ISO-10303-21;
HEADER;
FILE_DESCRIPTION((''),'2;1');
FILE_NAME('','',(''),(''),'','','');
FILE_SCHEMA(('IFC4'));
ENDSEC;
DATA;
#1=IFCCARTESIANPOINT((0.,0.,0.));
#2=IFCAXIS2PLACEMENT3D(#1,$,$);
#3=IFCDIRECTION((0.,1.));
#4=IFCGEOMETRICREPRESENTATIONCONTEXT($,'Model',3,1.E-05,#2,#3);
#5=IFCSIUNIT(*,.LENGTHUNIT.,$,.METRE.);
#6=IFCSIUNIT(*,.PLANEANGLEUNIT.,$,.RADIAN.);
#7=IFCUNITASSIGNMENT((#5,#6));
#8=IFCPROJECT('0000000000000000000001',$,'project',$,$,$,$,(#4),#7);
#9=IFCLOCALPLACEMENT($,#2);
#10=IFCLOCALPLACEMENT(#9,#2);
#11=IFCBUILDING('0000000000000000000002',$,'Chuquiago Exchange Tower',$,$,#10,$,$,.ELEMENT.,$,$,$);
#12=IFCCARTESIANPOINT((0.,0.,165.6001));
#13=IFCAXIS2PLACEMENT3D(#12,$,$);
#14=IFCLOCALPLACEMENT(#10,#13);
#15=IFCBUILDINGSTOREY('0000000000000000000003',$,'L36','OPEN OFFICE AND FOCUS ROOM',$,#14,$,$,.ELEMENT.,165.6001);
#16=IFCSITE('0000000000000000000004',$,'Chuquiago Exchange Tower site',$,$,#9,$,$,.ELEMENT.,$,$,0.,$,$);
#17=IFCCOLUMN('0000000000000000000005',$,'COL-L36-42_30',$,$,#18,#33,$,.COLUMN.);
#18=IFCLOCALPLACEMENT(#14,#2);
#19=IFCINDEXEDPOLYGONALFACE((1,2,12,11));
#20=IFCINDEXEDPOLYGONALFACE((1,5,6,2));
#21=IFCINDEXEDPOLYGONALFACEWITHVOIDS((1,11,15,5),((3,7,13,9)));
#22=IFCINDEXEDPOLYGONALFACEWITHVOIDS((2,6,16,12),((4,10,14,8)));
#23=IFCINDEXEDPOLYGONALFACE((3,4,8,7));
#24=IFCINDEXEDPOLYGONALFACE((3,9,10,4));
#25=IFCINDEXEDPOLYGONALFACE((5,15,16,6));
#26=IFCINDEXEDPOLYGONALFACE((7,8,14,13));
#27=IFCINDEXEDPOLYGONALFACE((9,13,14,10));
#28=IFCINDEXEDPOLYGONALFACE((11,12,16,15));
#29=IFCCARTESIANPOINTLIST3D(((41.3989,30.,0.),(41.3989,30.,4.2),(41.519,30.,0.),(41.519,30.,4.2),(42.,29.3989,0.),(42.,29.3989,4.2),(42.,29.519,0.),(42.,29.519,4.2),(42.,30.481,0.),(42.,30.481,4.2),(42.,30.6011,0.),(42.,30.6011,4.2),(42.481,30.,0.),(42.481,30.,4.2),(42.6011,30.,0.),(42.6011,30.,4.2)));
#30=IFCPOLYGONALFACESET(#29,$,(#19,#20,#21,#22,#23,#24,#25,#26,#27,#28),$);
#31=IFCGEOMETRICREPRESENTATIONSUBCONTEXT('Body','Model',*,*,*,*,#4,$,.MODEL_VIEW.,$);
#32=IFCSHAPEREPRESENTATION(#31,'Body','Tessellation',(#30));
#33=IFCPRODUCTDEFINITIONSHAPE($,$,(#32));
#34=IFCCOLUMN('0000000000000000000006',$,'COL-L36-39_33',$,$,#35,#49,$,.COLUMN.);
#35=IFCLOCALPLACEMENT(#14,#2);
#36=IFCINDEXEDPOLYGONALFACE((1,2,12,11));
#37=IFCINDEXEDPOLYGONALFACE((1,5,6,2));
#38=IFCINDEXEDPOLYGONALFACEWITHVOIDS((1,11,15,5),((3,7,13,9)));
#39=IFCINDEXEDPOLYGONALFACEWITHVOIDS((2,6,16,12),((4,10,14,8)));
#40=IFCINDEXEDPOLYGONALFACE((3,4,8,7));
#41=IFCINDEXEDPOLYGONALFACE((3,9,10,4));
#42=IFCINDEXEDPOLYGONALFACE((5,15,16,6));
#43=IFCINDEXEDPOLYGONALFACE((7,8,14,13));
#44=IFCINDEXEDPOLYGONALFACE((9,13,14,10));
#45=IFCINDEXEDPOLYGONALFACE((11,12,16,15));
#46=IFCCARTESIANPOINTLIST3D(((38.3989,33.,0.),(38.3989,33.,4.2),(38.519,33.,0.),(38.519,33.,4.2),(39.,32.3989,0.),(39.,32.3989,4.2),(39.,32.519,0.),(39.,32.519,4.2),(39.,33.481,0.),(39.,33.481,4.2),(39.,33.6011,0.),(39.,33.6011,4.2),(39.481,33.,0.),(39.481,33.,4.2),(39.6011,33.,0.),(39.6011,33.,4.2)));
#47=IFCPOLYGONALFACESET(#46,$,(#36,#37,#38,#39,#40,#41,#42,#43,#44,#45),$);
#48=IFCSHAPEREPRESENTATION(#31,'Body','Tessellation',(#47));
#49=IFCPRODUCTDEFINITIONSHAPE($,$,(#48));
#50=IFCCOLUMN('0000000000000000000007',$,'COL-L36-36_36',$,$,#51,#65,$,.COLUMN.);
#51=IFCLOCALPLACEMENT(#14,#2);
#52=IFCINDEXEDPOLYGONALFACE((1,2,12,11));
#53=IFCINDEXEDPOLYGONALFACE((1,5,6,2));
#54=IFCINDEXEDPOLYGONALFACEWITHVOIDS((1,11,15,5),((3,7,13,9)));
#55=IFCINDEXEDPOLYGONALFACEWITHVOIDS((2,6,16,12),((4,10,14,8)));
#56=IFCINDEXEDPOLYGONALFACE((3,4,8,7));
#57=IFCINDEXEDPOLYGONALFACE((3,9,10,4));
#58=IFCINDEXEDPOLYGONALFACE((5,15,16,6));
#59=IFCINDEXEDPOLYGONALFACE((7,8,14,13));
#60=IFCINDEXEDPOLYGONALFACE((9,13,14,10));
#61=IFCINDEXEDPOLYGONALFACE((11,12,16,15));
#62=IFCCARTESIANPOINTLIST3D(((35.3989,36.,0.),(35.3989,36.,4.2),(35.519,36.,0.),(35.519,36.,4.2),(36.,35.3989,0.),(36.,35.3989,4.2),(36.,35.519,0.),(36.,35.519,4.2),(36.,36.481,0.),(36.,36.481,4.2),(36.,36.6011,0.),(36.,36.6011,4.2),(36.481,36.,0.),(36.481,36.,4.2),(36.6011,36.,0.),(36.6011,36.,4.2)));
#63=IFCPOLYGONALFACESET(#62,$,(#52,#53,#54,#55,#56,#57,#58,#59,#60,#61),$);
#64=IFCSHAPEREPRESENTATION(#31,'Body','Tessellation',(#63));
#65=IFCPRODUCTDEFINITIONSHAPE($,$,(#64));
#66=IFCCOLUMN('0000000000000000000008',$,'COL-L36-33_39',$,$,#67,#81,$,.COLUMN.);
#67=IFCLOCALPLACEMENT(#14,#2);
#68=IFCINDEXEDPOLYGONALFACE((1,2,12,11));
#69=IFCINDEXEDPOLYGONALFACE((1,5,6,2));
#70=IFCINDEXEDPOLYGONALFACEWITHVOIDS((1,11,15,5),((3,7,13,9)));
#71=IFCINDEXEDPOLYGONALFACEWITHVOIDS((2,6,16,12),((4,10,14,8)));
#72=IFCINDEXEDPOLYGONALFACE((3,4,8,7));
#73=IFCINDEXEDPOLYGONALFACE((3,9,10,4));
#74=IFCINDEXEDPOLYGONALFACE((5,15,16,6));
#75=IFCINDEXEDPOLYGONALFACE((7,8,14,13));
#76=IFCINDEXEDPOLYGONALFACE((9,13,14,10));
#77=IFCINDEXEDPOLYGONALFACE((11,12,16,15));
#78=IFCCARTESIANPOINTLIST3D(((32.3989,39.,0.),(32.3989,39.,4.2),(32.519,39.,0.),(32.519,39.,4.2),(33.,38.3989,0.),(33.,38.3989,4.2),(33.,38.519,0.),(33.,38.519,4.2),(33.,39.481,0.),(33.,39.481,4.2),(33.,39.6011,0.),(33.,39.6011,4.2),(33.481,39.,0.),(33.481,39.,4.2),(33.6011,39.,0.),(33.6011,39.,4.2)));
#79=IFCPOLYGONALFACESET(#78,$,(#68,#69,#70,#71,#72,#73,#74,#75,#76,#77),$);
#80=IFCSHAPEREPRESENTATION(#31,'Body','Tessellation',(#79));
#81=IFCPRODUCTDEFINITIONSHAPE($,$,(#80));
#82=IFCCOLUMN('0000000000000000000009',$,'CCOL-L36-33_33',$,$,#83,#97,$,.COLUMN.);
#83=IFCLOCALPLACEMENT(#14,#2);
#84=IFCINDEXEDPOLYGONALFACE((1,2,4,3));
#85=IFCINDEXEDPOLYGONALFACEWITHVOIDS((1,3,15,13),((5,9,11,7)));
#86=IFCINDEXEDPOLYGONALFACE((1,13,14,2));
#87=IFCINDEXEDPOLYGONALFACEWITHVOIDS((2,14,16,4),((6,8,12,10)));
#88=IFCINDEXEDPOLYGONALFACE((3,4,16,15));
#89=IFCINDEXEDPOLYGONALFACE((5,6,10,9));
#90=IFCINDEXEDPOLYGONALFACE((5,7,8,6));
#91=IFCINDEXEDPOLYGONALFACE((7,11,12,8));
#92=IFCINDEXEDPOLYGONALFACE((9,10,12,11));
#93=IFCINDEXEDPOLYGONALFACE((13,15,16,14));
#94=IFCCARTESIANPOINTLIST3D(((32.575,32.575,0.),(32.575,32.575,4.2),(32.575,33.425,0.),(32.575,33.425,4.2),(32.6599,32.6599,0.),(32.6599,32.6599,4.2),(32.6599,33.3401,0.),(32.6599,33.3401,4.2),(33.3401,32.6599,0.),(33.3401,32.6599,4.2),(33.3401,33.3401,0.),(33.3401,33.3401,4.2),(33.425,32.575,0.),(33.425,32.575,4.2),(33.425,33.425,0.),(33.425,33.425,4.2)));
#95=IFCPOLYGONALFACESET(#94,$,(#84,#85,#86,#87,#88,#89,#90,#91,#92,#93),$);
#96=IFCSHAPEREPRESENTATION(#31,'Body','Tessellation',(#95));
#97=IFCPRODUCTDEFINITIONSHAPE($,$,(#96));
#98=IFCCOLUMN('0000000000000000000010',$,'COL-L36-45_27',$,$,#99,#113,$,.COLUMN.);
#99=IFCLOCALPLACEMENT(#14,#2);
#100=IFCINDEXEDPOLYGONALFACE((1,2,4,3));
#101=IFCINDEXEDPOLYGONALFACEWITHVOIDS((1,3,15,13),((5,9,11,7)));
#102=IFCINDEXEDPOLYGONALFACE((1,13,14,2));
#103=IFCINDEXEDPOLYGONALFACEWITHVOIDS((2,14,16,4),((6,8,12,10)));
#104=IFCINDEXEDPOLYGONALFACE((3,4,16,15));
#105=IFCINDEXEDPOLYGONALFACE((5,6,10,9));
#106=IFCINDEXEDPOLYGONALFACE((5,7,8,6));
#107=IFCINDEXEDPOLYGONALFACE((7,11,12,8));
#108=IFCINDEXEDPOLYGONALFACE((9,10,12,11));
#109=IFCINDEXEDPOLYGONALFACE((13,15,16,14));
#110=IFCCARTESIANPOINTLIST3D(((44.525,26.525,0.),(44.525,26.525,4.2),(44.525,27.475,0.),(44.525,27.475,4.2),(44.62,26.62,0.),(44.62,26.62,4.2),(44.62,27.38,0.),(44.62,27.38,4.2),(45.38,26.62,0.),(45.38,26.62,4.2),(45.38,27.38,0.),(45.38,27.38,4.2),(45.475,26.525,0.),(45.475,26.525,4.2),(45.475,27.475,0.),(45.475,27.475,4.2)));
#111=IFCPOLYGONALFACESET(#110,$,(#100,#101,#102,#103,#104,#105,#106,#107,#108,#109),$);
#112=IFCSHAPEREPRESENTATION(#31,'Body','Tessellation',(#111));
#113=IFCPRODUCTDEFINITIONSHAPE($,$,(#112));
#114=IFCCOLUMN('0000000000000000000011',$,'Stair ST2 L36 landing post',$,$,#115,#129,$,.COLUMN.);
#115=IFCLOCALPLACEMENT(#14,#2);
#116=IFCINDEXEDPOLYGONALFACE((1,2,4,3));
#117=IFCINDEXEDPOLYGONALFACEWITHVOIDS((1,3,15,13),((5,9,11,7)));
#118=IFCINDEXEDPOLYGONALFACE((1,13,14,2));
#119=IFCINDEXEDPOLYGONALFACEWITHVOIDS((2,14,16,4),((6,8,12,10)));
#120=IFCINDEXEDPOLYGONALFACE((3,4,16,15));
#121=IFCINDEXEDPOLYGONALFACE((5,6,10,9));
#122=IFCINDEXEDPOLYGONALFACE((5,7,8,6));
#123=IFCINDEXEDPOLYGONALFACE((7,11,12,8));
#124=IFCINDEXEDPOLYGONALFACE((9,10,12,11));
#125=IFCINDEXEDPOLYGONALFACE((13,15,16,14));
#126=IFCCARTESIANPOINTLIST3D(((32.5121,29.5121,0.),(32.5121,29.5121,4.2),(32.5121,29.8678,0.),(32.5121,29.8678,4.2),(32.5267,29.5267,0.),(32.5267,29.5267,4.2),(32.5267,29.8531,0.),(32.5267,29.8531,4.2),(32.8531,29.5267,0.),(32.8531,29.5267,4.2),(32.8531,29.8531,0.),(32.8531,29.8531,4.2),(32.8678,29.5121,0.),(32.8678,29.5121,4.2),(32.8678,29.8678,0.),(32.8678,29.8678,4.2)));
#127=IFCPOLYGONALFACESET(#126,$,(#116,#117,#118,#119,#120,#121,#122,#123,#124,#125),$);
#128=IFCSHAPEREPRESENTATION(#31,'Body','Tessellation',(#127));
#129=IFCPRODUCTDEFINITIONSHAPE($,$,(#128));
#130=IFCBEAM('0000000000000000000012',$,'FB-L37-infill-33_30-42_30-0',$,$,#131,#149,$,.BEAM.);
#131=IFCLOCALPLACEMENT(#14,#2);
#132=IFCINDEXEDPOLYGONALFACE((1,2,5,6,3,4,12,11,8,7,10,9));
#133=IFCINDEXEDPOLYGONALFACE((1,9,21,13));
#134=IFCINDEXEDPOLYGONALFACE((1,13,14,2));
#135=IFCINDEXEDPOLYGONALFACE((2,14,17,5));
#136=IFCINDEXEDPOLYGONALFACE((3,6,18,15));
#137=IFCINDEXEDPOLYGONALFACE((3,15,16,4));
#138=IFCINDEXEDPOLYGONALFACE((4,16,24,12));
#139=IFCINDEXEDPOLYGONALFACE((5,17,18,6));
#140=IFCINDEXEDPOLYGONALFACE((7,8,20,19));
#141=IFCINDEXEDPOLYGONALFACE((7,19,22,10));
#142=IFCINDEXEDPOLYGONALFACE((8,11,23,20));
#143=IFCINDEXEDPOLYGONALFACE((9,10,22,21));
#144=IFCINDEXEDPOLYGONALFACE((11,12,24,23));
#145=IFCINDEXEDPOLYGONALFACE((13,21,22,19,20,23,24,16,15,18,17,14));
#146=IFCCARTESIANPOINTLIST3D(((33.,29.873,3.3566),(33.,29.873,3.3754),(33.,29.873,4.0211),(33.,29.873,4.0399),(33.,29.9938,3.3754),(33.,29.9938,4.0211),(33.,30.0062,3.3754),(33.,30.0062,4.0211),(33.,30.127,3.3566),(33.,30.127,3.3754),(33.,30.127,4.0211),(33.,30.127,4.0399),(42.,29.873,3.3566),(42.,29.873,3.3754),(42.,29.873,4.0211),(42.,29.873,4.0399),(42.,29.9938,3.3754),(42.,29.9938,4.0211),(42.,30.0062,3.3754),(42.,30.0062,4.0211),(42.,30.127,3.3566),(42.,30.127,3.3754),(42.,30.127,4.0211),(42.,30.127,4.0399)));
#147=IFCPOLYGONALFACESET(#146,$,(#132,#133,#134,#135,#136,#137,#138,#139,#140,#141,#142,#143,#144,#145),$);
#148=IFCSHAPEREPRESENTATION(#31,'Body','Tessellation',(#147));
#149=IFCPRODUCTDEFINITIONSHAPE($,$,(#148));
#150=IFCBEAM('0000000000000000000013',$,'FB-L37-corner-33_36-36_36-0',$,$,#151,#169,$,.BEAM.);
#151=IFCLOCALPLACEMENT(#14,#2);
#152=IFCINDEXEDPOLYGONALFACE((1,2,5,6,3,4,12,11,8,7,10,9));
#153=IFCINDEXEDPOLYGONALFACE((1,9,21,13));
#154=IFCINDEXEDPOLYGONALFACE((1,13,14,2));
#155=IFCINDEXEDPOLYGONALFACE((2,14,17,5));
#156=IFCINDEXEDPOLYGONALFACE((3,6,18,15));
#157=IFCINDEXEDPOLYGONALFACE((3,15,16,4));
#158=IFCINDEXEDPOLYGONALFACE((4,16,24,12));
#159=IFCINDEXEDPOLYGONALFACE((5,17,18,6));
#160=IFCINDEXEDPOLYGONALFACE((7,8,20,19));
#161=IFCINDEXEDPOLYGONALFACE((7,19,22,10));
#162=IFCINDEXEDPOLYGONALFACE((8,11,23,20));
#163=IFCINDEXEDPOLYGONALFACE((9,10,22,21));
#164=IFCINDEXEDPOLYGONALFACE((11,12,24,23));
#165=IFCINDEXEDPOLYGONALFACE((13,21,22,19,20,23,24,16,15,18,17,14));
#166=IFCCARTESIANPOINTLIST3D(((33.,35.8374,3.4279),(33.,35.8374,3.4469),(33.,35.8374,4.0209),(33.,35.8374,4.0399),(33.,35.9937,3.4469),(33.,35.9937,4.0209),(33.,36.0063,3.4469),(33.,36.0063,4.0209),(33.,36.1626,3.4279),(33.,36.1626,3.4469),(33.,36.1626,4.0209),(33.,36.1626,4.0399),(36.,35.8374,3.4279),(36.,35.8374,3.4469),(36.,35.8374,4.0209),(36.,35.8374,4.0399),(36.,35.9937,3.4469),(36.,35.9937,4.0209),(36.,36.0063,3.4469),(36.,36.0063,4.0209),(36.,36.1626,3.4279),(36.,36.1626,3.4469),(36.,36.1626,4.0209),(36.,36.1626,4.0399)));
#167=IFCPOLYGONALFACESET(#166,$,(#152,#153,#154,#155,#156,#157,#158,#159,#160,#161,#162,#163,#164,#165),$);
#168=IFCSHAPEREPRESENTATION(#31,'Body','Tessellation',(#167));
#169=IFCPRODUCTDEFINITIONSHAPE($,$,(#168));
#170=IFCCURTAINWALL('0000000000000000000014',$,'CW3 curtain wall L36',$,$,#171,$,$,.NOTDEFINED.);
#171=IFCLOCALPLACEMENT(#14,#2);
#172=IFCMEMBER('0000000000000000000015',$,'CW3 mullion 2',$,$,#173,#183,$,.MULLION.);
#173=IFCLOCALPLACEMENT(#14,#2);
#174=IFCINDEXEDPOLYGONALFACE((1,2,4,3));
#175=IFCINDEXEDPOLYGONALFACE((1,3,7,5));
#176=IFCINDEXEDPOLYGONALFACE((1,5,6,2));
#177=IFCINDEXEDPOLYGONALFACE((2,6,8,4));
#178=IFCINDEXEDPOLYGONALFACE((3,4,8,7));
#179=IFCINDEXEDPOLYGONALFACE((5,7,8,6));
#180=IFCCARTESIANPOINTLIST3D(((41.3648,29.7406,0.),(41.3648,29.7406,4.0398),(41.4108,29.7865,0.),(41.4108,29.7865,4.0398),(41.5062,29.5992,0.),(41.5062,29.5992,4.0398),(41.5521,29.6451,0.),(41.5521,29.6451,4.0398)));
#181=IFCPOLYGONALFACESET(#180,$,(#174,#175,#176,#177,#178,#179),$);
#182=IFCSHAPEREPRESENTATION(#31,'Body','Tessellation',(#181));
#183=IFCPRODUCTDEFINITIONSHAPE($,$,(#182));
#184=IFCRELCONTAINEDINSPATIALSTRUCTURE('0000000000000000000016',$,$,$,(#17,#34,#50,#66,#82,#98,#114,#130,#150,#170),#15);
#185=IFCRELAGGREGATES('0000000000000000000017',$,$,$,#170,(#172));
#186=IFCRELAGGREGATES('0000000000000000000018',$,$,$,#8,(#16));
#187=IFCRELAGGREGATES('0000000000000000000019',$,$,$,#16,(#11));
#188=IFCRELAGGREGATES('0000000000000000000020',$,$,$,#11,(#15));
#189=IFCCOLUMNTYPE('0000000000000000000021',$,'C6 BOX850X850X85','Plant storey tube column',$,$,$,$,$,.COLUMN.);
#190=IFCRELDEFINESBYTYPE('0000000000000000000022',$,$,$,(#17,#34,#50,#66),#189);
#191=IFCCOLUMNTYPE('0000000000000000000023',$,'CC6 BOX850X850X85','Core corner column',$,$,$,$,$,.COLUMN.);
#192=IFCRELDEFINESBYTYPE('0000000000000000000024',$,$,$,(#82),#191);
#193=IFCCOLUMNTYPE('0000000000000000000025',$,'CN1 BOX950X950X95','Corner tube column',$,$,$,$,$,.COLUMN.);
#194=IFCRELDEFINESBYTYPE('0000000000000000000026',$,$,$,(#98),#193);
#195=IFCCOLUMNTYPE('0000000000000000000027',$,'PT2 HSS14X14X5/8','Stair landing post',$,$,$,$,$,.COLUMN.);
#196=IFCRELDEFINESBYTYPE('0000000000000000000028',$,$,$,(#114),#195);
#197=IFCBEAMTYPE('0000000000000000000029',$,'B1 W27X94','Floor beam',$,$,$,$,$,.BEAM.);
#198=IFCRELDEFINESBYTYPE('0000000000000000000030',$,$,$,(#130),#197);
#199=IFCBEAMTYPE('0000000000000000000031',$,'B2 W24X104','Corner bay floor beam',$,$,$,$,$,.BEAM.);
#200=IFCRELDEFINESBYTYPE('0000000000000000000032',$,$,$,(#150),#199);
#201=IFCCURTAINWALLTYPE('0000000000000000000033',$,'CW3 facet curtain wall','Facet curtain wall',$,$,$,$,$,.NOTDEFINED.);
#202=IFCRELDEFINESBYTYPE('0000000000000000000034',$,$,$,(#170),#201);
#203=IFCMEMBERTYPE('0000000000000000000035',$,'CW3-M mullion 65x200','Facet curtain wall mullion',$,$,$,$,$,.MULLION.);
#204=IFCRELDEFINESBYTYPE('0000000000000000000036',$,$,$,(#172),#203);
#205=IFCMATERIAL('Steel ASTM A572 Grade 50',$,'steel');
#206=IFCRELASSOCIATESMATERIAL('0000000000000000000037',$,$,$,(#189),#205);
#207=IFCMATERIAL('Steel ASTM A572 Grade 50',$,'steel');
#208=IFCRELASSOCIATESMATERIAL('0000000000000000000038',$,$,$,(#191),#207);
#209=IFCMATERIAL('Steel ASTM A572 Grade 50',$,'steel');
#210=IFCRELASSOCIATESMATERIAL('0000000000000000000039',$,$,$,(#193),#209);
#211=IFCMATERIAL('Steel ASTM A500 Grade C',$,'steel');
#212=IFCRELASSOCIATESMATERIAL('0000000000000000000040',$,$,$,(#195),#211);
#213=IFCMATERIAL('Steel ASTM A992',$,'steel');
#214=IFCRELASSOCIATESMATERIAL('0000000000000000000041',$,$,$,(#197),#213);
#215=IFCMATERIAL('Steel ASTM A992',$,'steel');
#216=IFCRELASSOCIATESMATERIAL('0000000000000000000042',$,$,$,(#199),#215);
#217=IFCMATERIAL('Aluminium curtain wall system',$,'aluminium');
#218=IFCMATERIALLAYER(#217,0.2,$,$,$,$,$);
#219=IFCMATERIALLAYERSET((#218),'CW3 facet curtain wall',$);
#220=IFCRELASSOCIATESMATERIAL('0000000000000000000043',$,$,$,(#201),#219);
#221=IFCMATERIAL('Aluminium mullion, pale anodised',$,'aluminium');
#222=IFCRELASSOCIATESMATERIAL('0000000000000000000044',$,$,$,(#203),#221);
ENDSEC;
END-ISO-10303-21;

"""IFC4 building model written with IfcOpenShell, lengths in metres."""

from ifc_helpers import new_model, si_unit, direction, frame, origin, origin_2d, place, context, subcontext, project, spatial, rectangle, hollow_rectangle, i_section, extrude, material, layer, layer_set, material_profile, profile_set, type_object, element, aggregate, save


model = new_model("IFC4")

# Units and contexts
model_context = context("Model", 3, precision=1e-05, world=origin(), true_north=direction((0.0, 1.0)))
body_context = subcontext(model_context, "Body", "Model", "MODEL_VIEW")
ifc_project = project(units=[si_unit("LENGTHUNIT", "METRE"), si_unit("PLANEANGLEUNIT", "RADIAN")], contexts=[model_context])

# Site, building, storey
site_placement = place(None, origin())
site = spatial("IfcSite", under=ifc_project, at=site_placement, Name="Chuquiago Exchange Tower site", CompositionType="ELEMENT", RefElevation=0.0)
building_placement = place(site_placement, origin())
building = spatial("IfcBuilding", under=site, at=building_placement, Name="Chuquiago Exchange Tower", CompositionType="ELEMENT")
storey_placement = place(building_placement, frame((0.0, 0.0, 165.6001)))
storey = spatial("IfcBuildingStorey", under=building, at=storey_placement, Name="L36", Description="OPEN OFFICE AND FOCUS ROOM", CompositionType="ELEMENT", Elevation=165.6001)

# Columns
ifc_material_1 = material(Name="Steel ASTM A572 Grade 50", Category="steel")
ifc_material_profile_1 = material_profile(ifc_material_1, hollow_rectangle(XDim=0.8501, YDim=0.8501, WallThickness=0.085, at=origin_2d()), Name="BOX850X850X85")
ifc_profile_set_1 = profile_set([ifc_material_profile_1], Name="Steel ASTM A572 Grade 50")
column_type_1 = type_object("IfcColumnType", Name="C6 BOX850X850X85", Description="Plant storey tube column", PredefinedType="COLUMN", material=ifc_profile_set_1)
for number, where, z_axis, x_axis, name in (
    (1, (42.0, 30.0, 0.0), (0.0, 0.0, 1.0), (0.707107, 0.707107, 0.0), "COL-L36-42_30"),
    (2, (39.0, 33.0, 0.0), (0.0, 0.0, 1.0), (0.707107, 0.707107, 0.0), "COL-L36-39_33"),
    (3, (36.0, 36.0, 0.0), (0.0, 0.0, 1.0), (0.707107, 0.707107, 0.0), "COL-L36-36_36"),
    (4, (33.0, 39.0, 0.0), (0.0, 0.0, 1.0), (0.707107, 0.707107, 0.0), "COL-L36-33_39"),
):
    element("IfcColumn", number, at=place(storey_placement, frame(where, z_axis=z_axis, x_axis=x_axis)), inside=storey, type_object=column_type_1, Name=name, PredefinedType="COLUMN", context=body_context, shape_type="SweptSolid", body=[
        extrude(hollow_rectangle(XDim=0.8501, YDim=0.8501, WallThickness=0.085, at=origin_2d()), origin(), (0.0, 0.0, 1.0), 4.2),
    ])
ifc_material_2 = material(Name="Steel ASTM A572 Grade 50", Category="steel")
ifc_material_profile_2 = material_profile(ifc_material_2, hollow_rectangle(XDim=0.8501, YDim=0.8501, WallThickness=0.085, at=origin_2d()), Name="BOX850X850X85")
ifc_profile_set_2 = profile_set([ifc_material_profile_2], Name="Steel ASTM A572 Grade 50")
column_type_2 = type_object("IfcColumnType", Name="CC6 BOX850X850X85", Description="Core corner column", PredefinedType="COLUMN", material=ifc_profile_set_2)
column_1_placement = place(storey_placement, frame((33.0, 33.0, 0.0), z_axis=(0.0, 0.0, 1.0), x_axis=(1.0, 0.0, 0.0)))
element("IfcColumn", 5, at=column_1_placement, inside=storey, type_object=column_type_2, Name="CCOL-L36-33_33", PredefinedType="COLUMN", context=body_context, shape_type="SweptSolid", body=[
    extrude(hollow_rectangle(XDim=0.8501, YDim=0.8501, WallThickness=0.085, at=origin_2d()), origin(), (0.0, 0.0, 1.0), 4.2),
])
ifc_material_3 = material(Name="Steel ASTM A572 Grade 50", Category="steel")
ifc_material_profile_3 = material_profile(ifc_material_3, hollow_rectangle(XDim=0.95, YDim=0.95, WallThickness=0.095, at=origin_2d()), Name="BOX950X950X95")
ifc_profile_set_3 = profile_set([ifc_material_profile_3], Name="Steel ASTM A572 Grade 50")
column_type_3 = type_object("IfcColumnType", Name="CN1 BOX950X950X95", Description="Corner tube column", PredefinedType="COLUMN", material=ifc_profile_set_3)
column_2_placement = place(storey_placement, frame((45.0, 27.0, 0.0), z_axis=(0.0, 0.0, 1.0), x_axis=(1.0, 0.0, 0.0)))
element("IfcColumn", 6, at=column_2_placement, inside=storey, type_object=column_type_3, Name="COL-L36-45_27", PredefinedType="COLUMN", context=body_context, shape_type="SweptSolid", body=[
    extrude(hollow_rectangle(XDim=0.95, YDim=0.95, WallThickness=0.095, at=origin_2d()), origin(), (0.0, 0.0, 1.0), 4.2),
])
ifc_material_4 = material(Name="Steel ASTM A500 Grade C", Category="steel")
ifc_material_profile_4 = material_profile(ifc_material_4, hollow_rectangle(XDim=0.3557, YDim=0.3557, WallThickness=0.0146, at=origin_2d()), Name="HSS14X14X5/8")
ifc_profile_set_4 = profile_set([ifc_material_profile_4], Name="Steel ASTM A500 Grade C")
column_type_4 = type_object("IfcColumnType", Name="PT2 HSS14X14X5/8", Description="Stair landing post", PredefinedType="COLUMN", material=ifc_profile_set_4)
column_3_placement = place(storey_placement, frame((32.6899, 29.6899, 0.0), z_axis=(0.0, 0.0, 1.0), x_axis=(1.0, 0.0, 0.0)))
element("IfcColumn", 7, at=column_3_placement, inside=storey, type_object=column_type_4, Name="Stair ST2 L36 landing post", PredefinedType="COLUMN", context=body_context, shape_type="SweptSolid", body=[
    extrude(hollow_rectangle(XDim=0.3557, YDim=0.3557, WallThickness=0.0146, at=origin_2d()), origin(), (0.0, 0.0, 1.0), 4.2),
])

# Beams
ifc_material_5 = material(Name="Steel ASTM A992", Category="steel")
ifc_material_profile_5 = material_profile(ifc_material_5, i_section(OverallWidth=0.2539, OverallDepth=0.6833, WebThickness=0.0125, FlangeThickness=0.0188, at=origin_2d()), Name="W27X94")
ifc_profile_set_5 = profile_set([ifc_material_profile_5], Name="Steel ASTM A992")
beam_type_1 = type_object("IfcBeamType", Name="B1 W27X94", Description="Floor beam", PredefinedType="BEAM", material=ifc_profile_set_5)
beam_1_placement = place(storey_placement, frame((33.0, 30.0, 3.6982), z_axis=(1.0, 0.0, 0.0), x_axis=(0.0, 1.0, 0.0)))
element("IfcBeam", 8, at=beam_1_placement, inside=storey, type_object=beam_type_1, Name="FB-L37-infill-33_30-42_30-0", PredefinedType="BEAM", context=body_context, shape_type="SweptSolid", body=[
    extrude(i_section(OverallWidth=0.2539, OverallDepth=0.6833, WebThickness=0.0125, FlangeThickness=0.0188, at=origin_2d()), origin(), (0.0, 0.0, 1.0), 9.0),
])
ifc_material_6 = material(Name="Steel ASTM A992", Category="steel")
ifc_material_profile_6 = material_profile(ifc_material_6, i_section(OverallWidth=0.3252, OverallDepth=0.6121, WebThickness=0.0127, FlangeThickness=0.019, at=origin_2d()), Name="W24X104")
ifc_profile_set_6 = profile_set([ifc_material_profile_6], Name="Steel ASTM A992")
beam_type_2 = type_object("IfcBeamType", Name="B2 W24X104", Description="Corner bay floor beam", PredefinedType="BEAM", material=ifc_profile_set_6)
beam_2_placement = place(storey_placement, frame((33.0, 36.0, 3.7339), z_axis=(1.0, 0.0, 0.0), x_axis=(0.0, 1.0, 0.0)))
element("IfcBeam", 9, at=beam_2_placement, inside=storey, type_object=beam_type_2, Name="FB-L37-corner-33_36-36_36-0", PredefinedType="BEAM", context=body_context, shape_type="SweptSolid", body=[
    extrude(i_section(OverallWidth=0.3252, OverallDepth=0.6121, WebThickness=0.0127, FlangeThickness=0.019, at=origin_2d()), origin(), (0.0, 0.0, 1.0), 3.0),
])

# Curtain wall, member
ifc_material_7 = material(Name="Aluminium curtain wall system", Category="aluminium")
ifc_layer_1 = layer(ifc_material_7, 0.2)
ifc_layer_set_1 = layer_set([ifc_layer_1], Name="CW3 facet curtain wall")
curtain_wall_type = type_object("IfcCurtainWallType", Name="CW3 facet curtain wall", Description="Facet curtain wall", PredefinedType="NOTDEFINED", material=ifc_layer_set_1)
curtain_wall_placement = place(storey_placement, origin())
curtain_wall = element("IfcCurtainWall", 10, at=curtain_wall_placement, inside=storey, type_object=curtain_wall_type, Name="CW3 curtain wall L36", PredefinedType="NOTDEFINED")
ifc_material_8 = material(Name="Aluminium mullion, pale anodised", Category="aluminium")
ifc_material_profile_7 = material_profile(ifc_material_8, rectangle(XDim=0.0649, YDim=0.2, at=origin_2d()), Name="AL 65x200")
ifc_profile_set_7 = profile_set([ifc_material_profile_7], Name="Aluminium mullion, pale anodised")
member_type_1 = type_object("IfcMemberType", Name="CW3-M mullion 65x200", Description="Facet curtain wall mullion", PredefinedType="MULLION", material=ifc_profile_set_7)
member_1_placement = place(storey_placement, frame((41.4585, 29.6929, 0.0), z_axis=(0.0, 0.0, 1.0), x_axis=(-0.707107, -0.707107, 0.0)))
member_1 = element("IfcMember", 11, at=member_1_placement, type_object=member_type_1, Name="CW3 mullion 2", PredefinedType="MULLION", context=body_context, shape_type="SweptSolid", body=[
    extrude(rectangle(XDim=0.0649, YDim=0.2, at=origin_2d()), origin(), (0.0, 0.0, 1.0), 4.0398),
])

aggregate(curtain_wall, [member_1])

save(model, "model.ifc")
